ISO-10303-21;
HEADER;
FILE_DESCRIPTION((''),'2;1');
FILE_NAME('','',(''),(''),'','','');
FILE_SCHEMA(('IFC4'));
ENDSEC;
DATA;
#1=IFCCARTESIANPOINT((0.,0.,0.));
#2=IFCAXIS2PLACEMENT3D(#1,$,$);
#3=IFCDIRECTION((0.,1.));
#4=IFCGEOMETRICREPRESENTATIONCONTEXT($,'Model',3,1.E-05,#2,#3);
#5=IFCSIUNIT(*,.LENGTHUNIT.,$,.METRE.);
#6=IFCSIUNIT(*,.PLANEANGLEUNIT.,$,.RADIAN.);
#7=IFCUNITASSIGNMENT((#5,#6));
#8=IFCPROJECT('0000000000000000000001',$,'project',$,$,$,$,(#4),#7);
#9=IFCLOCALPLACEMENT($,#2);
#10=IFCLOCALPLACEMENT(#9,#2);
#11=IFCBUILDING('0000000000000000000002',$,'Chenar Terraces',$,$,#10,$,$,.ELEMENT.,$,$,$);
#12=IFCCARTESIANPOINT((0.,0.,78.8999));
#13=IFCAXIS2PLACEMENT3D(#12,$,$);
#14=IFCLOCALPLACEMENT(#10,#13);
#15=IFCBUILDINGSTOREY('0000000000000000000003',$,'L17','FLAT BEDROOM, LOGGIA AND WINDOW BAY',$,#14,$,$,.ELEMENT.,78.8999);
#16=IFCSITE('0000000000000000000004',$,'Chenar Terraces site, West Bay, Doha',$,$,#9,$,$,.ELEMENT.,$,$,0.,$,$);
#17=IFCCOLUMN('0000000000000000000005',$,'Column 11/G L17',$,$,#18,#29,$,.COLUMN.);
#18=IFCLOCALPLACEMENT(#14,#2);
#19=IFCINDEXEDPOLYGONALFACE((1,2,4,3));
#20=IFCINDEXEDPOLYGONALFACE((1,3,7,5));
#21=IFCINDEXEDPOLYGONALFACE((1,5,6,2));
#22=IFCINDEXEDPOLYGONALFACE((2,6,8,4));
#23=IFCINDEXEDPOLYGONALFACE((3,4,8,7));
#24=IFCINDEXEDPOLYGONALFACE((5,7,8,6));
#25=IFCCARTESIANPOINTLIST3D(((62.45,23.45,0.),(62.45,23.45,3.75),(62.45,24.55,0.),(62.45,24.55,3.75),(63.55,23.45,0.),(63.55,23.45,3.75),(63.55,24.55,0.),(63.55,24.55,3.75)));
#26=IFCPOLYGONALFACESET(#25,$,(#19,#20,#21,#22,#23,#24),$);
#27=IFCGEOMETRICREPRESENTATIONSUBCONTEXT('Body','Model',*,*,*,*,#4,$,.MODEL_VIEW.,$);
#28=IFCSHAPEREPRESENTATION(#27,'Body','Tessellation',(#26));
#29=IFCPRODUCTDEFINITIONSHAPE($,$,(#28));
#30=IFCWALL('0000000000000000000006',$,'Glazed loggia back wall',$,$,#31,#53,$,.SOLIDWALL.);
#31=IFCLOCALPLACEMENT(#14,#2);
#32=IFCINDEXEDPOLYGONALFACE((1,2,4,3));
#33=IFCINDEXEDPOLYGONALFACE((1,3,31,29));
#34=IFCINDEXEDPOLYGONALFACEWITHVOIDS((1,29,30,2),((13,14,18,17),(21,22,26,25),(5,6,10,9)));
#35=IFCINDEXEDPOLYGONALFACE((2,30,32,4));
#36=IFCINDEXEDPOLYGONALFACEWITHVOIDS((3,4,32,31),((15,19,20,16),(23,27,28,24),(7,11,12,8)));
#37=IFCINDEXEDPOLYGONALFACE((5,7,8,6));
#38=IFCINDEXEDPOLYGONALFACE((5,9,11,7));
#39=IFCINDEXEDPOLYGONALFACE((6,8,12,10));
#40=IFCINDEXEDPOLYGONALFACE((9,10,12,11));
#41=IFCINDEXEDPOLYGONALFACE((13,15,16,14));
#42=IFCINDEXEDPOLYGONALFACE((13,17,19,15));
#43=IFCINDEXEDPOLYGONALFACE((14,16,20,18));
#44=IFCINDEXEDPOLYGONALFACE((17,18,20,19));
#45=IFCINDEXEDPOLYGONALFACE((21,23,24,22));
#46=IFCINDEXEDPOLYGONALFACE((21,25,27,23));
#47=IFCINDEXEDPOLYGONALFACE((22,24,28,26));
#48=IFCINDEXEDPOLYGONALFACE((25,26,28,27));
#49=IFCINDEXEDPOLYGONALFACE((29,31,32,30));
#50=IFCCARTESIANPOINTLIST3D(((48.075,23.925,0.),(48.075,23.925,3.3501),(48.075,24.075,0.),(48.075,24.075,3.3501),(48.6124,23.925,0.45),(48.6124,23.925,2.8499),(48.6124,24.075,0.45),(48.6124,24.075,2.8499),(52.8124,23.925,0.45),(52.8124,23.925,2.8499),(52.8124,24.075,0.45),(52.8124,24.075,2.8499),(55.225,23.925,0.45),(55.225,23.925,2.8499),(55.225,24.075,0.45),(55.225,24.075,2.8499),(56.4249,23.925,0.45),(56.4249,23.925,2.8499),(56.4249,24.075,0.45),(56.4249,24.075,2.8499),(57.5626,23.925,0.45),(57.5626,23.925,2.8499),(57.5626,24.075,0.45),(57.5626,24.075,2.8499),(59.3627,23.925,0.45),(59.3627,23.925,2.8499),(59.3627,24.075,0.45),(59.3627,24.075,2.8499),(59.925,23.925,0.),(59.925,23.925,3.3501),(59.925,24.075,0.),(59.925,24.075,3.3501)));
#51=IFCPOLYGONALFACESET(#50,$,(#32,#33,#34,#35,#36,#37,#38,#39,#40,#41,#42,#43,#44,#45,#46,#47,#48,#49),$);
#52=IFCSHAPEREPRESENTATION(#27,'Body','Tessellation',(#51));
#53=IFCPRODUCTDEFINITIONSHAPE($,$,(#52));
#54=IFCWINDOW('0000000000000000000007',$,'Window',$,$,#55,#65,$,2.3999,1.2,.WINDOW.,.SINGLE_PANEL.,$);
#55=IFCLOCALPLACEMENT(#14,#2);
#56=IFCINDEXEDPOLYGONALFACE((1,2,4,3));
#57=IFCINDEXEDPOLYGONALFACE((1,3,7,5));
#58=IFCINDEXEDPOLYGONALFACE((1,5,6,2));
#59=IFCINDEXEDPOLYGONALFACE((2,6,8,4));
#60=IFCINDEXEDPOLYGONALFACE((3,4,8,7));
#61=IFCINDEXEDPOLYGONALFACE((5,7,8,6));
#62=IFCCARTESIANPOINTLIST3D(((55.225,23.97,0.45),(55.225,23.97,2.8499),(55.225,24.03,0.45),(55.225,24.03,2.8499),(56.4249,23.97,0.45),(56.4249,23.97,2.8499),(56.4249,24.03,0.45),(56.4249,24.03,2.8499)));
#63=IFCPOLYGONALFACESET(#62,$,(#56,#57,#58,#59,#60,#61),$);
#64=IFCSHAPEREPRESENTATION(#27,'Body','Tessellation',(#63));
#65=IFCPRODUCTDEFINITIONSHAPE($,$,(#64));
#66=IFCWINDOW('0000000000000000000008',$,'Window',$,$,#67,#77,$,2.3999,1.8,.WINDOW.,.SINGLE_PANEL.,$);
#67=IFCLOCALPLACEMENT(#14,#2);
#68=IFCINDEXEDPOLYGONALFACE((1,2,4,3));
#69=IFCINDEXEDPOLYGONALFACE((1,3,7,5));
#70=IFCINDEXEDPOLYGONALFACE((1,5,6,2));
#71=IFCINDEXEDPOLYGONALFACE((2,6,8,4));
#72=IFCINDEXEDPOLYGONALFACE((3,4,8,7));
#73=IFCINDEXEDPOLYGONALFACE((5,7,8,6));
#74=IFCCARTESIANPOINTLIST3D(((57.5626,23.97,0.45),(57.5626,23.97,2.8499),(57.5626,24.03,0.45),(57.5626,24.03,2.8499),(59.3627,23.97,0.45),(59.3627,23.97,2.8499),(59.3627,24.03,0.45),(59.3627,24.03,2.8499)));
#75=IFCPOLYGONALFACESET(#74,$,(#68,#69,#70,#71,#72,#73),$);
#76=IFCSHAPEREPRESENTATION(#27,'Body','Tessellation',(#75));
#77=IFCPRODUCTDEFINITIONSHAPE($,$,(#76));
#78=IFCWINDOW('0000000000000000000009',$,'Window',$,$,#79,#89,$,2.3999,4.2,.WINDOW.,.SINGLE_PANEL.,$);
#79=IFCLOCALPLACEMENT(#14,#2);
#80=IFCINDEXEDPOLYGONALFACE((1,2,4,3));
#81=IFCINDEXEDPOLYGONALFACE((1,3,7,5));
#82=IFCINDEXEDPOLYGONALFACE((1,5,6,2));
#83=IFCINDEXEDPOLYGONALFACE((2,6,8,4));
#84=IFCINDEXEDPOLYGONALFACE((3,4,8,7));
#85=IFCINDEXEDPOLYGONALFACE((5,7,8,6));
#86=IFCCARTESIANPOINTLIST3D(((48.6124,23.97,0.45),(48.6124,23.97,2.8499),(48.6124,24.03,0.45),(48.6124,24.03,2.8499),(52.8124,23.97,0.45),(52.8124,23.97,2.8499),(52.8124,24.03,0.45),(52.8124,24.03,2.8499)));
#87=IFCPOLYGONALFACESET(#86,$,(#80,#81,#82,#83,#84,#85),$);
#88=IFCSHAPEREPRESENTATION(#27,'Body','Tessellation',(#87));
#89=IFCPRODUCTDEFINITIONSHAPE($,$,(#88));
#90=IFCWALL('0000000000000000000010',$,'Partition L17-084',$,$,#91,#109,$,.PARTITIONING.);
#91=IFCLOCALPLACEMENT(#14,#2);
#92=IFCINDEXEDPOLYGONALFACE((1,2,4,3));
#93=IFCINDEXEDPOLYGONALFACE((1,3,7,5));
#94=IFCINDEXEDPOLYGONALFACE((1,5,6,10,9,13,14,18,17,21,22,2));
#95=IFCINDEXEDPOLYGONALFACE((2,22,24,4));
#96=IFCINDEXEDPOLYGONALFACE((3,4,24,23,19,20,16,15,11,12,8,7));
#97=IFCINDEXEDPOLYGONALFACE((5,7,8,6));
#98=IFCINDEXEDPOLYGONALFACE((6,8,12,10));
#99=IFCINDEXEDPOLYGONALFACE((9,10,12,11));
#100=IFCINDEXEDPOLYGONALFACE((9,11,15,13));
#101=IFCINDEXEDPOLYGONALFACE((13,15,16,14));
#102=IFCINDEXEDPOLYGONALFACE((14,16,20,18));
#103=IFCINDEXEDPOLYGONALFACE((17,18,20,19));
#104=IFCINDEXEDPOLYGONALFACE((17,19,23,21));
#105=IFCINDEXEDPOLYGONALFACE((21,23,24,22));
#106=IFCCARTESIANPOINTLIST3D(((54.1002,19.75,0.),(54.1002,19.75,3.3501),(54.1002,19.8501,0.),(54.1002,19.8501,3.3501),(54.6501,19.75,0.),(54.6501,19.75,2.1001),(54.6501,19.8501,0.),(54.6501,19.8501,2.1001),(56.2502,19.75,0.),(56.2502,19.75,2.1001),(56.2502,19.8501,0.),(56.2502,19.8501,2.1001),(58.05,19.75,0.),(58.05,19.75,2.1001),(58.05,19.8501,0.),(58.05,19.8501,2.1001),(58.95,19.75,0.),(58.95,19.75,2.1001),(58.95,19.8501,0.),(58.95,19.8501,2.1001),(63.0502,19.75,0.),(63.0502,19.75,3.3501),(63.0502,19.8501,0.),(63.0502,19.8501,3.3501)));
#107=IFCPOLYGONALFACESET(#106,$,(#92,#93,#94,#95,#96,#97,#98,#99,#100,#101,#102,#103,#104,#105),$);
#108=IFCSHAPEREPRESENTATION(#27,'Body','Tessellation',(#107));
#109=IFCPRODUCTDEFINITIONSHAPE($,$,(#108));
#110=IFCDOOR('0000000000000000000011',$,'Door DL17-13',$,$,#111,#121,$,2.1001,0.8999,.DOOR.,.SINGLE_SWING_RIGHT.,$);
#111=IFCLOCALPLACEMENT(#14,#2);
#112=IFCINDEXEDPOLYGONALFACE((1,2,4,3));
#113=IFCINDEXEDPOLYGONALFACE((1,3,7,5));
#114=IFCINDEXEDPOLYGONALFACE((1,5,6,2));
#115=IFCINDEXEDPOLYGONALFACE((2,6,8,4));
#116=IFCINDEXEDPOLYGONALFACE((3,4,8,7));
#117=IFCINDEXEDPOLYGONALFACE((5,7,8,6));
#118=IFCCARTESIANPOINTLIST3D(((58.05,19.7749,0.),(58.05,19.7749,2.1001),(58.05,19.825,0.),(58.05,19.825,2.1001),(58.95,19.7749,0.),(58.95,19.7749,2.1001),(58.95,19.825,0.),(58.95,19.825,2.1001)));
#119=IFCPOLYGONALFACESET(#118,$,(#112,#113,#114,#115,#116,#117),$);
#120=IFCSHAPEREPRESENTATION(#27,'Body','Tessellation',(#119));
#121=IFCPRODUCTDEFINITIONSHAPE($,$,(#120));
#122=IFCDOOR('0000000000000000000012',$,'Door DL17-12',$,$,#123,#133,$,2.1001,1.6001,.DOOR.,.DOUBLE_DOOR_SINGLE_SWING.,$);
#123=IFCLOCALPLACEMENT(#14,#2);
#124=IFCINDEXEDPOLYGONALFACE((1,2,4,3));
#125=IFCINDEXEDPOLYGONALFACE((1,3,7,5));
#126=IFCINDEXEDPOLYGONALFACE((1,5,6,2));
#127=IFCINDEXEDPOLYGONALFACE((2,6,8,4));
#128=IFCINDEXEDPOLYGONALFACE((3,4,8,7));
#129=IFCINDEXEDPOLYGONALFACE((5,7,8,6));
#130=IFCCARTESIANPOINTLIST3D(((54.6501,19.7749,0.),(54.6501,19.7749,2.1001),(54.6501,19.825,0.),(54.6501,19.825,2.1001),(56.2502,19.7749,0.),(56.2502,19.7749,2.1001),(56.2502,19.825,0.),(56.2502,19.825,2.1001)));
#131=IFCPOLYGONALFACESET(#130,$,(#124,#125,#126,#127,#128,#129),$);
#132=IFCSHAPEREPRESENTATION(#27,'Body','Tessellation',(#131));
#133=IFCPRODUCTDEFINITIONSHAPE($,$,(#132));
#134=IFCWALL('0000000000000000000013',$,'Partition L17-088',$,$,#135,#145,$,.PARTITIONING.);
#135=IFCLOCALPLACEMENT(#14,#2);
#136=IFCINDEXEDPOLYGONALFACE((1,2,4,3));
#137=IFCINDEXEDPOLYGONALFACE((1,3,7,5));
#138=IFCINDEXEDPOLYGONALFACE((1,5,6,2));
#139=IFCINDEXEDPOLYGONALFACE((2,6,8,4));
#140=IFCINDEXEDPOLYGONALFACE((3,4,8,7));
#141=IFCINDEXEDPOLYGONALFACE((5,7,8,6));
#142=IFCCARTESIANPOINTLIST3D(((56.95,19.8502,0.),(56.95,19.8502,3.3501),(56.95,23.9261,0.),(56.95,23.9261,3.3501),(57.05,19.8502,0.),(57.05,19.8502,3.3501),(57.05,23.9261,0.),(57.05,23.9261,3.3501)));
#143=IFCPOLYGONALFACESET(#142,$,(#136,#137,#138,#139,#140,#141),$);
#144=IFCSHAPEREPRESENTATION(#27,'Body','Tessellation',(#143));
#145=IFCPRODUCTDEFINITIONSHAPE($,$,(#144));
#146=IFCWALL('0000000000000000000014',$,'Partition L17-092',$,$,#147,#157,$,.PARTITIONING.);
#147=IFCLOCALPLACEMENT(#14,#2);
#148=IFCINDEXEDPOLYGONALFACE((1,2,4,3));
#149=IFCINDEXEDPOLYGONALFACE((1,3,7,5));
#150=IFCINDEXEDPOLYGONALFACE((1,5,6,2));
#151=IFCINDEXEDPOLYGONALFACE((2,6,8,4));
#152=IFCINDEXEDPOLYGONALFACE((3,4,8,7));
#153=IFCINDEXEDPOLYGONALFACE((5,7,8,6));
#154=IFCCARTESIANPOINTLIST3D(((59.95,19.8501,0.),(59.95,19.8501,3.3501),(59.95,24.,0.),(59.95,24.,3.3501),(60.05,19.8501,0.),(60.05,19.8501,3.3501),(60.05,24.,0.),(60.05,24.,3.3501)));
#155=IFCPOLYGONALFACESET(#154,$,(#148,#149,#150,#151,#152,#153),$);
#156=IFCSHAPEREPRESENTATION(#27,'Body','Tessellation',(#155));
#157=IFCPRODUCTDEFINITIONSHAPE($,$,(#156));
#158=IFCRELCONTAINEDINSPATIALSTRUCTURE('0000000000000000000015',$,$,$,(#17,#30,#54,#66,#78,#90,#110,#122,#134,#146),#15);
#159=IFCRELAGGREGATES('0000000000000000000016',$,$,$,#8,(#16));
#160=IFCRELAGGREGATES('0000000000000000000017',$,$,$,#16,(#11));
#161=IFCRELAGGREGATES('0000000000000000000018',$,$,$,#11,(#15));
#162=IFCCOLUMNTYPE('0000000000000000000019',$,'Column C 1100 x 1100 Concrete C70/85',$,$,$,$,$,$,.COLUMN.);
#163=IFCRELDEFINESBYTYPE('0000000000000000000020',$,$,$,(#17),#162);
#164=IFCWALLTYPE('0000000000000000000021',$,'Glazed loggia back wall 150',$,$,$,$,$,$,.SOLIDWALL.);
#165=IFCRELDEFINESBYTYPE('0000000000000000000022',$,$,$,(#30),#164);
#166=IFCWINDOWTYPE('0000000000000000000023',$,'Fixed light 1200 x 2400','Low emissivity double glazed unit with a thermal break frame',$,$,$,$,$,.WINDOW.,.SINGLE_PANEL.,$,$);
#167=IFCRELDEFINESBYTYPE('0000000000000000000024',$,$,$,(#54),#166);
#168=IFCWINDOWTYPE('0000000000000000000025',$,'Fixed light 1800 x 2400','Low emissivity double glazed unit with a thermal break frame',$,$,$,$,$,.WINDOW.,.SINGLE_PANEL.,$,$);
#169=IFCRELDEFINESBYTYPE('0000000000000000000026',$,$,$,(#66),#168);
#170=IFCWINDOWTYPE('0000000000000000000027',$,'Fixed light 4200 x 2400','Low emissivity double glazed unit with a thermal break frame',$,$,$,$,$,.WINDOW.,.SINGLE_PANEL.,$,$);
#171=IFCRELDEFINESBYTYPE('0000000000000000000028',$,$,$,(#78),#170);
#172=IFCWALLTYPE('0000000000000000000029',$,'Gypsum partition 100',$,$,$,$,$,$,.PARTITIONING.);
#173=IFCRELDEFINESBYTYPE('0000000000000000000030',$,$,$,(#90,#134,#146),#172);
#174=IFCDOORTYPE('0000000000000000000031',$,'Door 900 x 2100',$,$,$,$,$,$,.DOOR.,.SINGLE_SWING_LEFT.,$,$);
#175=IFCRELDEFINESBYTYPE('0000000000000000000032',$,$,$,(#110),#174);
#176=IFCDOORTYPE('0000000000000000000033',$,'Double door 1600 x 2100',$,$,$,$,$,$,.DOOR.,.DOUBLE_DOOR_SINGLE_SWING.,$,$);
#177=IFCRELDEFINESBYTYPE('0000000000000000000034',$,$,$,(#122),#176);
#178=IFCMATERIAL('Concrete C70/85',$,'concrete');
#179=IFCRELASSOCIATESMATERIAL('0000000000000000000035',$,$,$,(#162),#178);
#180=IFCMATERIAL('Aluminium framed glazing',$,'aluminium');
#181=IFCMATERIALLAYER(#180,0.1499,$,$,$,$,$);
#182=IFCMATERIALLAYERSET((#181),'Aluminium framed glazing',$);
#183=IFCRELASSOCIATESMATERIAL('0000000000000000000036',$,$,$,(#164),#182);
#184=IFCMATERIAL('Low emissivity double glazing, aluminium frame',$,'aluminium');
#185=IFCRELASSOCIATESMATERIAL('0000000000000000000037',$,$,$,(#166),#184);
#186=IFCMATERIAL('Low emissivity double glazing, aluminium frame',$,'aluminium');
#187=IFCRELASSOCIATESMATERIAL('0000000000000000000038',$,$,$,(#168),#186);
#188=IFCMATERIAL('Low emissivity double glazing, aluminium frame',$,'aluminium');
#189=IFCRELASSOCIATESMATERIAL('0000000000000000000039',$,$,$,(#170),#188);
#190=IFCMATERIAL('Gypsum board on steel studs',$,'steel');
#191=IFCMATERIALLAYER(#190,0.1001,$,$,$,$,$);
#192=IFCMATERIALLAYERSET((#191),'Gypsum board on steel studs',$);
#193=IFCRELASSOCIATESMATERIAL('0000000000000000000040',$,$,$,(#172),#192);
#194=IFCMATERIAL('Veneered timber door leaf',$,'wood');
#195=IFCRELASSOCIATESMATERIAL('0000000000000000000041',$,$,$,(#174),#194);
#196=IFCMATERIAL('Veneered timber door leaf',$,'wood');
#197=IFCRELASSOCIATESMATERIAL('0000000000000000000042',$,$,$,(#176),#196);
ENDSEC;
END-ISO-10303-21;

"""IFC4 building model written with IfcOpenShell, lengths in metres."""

from ifc_helpers import new_model, si_unit, direction, frame, frame_2d, origin, origin_2d, place, context, subcontext, project, spatial, rectangle, extrude, material, layer, layer_set, material_profile, profile_set, type_object, element, fill, save


model = new_model("IFC4")

# Units and contexts
model_context = context("Model", 3, precision=1e-05, world=origin(), true_north=direction((0.0, 1.0)))
body_context = subcontext(model_context, "Body", "Model", "MODEL_VIEW")
ifc_project = project(units=[si_unit("LENGTHUNIT", "METRE"), si_unit("PLANEANGLEUNIT", "RADIAN")], contexts=[model_context])

# Site, building, storey
site_placement = place(None, origin())
site = spatial("IfcSite", under=ifc_project, at=site_placement, Name="Chenar Terraces site, West Bay, Doha", CompositionType="ELEMENT", RefElevation=0.0)
building_placement = place(site_placement, origin())
building = spatial("IfcBuilding", under=site, at=building_placement, Name="Chenar Terraces", CompositionType="ELEMENT")
storey_placement = place(building_placement, frame((0.0, 0.0, 78.8999)))
storey = spatial("IfcBuildingStorey", under=building, at=storey_placement, Name="L17", Description="FLAT BEDROOM, LOGGIA AND WINDOW BAY", CompositionType="ELEMENT", Elevation=78.8999)

# Column
ifc_material_1 = material(Name="Concrete C70/85", Category="concrete")
ifc_material_profile_1 = material_profile(ifc_material_1, rectangle(XDim=1.1001, YDim=1.1001, at=origin_2d()), Name="C 1100 x 1100")
ifc_profile_set_1 = profile_set([ifc_material_profile_1], Name="Concrete C70/85")
column_type = type_object("IfcColumnType", Name="Column C 1100 x 1100 Concrete C70/85", PredefinedType="COLUMN", material=ifc_profile_set_1)
column_placement = place(storey_placement, frame((63.0, 24.0, 0.0), z_axis=(0.0, 0.0, 1.0), x_axis=(1.0, 0.0, 0.0)))
element("IfcColumn", 1, at=column_placement, inside=storey, type_object=column_type, Name="Column 11/G L17", PredefinedType="COLUMN", context=body_context, shape_type="SweptSolid", body=[
    extrude(rectangle(XDim=1.1001, YDim=1.1001, at=origin_2d()), origin(), (0.0, 0.0, 1.0), 3.75),
])

# Wall, openings, windows
ifc_material_2 = material(Name="Aluminium framed glazing", Category="aluminium")
ifc_layer_1 = layer(ifc_material_2, 0.1499)
ifc_layer_set_1 = layer_set([ifc_layer_1], Name="Aluminium framed glazing")
wall_type_1 = type_object("IfcWallType", Name="Glazed loggia back wall 150", PredefinedType="SOLIDWALL", material=ifc_layer_set_1)
wall_1_placement = place(storey_placement, frame((59.925, 24.0, 0.0), z_axis=(0.0, 0.0, 1.0), x_axis=(-1.0, 0.0, 0.0)))
wall_1 = element("IfcWall", 2, at=wall_1_placement, inside=storey, type_object=wall_type_1, Name="Glazed loggia back wall", PredefinedType="SOLIDWALL", context=body_context, shape_type="SweptSolid", body=[
    extrude(rectangle(XDim=11.8501, YDim=0.1499, at=frame_2d((5.925, 0.0))), origin(), (0.0, 0.0, 1.0), 3.3501),
])
opening_1_placement = place(wall_1_placement, frame((0.5625, 0.0, 0.45)))
opening_1 = element("IfcOpeningElement", 3, at=opening_1_placement, cuts=wall_1, PredefinedType="OPENING", context=body_context, shape_type="SweptSolid", body=[
    extrude(rectangle(XDim=1.8, YDim=2.3999, at=frame_2d((0.8999, 1.2))), frame((0.0, 0.085, 0.0), z_axis=(0.0, -1.0, 0.0), x_axis=(1.0, 0.0, 0.0)), (0.0, 0.0, 1.0), 0.1699),
])
opening_2_placement = place(wall_1_placement, frame((3.5, 0.0, 0.45)))
opening_2 = element("IfcOpeningElement", 4, at=opening_2_placement, cuts=wall_1, PredefinedType="OPENING", context=body_context, shape_type="SweptSolid", body=[
    extrude(rectangle(XDim=1.2, YDim=2.3999, at=frame_2d((0.6001, 1.2))), frame((0.0, 0.085, 0.0), z_axis=(0.0, -1.0, 0.0), x_axis=(1.0, 0.0, 0.0)), (0.0, 0.0, 1.0), 0.1699),
])
opening_3_placement = place(wall_1_placement, frame((7.1125, 0.0, 0.45)))
opening_3 = element("IfcOpeningElement", 5, at=opening_3_placement, cuts=wall_1, PredefinedType="OPENING", context=body_context, shape_type="SweptSolid", body=[
    extrude(rectangle(XDim=4.2, YDim=2.3999, at=frame_2d((2.1001, 1.2))), frame((0.0, 0.085, 0.0), z_axis=(0.0, -1.0, 0.0), x_axis=(1.0, 0.0, 0.0)), (0.0, 0.0, 1.0), 0.1699),
])
ifc_material_3 = material(Name="Low emissivity double glazing, aluminium frame", Category="aluminium")
window_type_1 = type_object("IfcWindowType", Name="Fixed light 1200 x 2400", Description="Low emissivity double glazed unit with a thermal break frame", PartitioningType="SINGLE_PANEL", PredefinedType="WINDOW", material=ifc_material_3)
window_1_placement = place(opening_2_placement, origin())
window_1 = element("IfcWindow", 6, at=window_1_placement, inside=storey, type_object=window_type_1, Name="Window", OverallHeight=2.3999, OverallWidth=1.2, PartitioningType="SINGLE_PANEL", PredefinedType="WINDOW", context=body_context, shape_type="SweptSolid", body=[
    extrude(rectangle(XDim=1.2, YDim=2.3999, at=frame_2d((0.6001, 1.2))), frame((0.0, 0.03, 0.0), z_axis=(0.0, -1.0, 0.0), x_axis=(1.0, 0.0, 0.0)), (0.0, 0.0, 1.0), 0.0601),
])
fill(opening_2, window_1)
ifc_material_4 = material(Name="Low emissivity double glazing, aluminium frame", Category="aluminium")
window_type_2 = type_object("IfcWindowType", Name="Fixed light 1800 x 2400", Description="Low emissivity double glazed unit with a thermal break frame", PartitioningType="SINGLE_PANEL", PredefinedType="WINDOW", material=ifc_material_4)
window_2_placement = place(opening_1_placement, origin())
window_2 = element("IfcWindow", 7, at=window_2_placement, inside=storey, type_object=window_type_2, Name="Window", OverallHeight=2.3999, OverallWidth=1.8, PartitioningType="SINGLE_PANEL", PredefinedType="WINDOW", context=body_context, shape_type="SweptSolid", body=[
    extrude(rectangle(XDim=1.8, YDim=2.3999, at=frame_2d((0.8999, 1.2))), frame((0.0, 0.03, 0.0), z_axis=(0.0, -1.0, 0.0), x_axis=(1.0, 0.0, 0.0)), (0.0, 0.0, 1.0), 0.0601),
])
fill(opening_1, window_2)
ifc_material_5 = material(Name="Low emissivity double glazing, aluminium frame", Category="aluminium")
window_type_3 = type_object("IfcWindowType", Name="Fixed light 4200 x 2400", Description="Low emissivity double glazed unit with a thermal break frame", PartitioningType="SINGLE_PANEL", PredefinedType="WINDOW", material=ifc_material_5)
window_3_placement = place(opening_3_placement, origin())
window_3 = element("IfcWindow", 8, at=window_3_placement, inside=storey, type_object=window_type_3, Name="Window", OverallHeight=2.3999, OverallWidth=4.2, PartitioningType="SINGLE_PANEL", PredefinedType="WINDOW", context=body_context, shape_type="SweptSolid", body=[
    extrude(rectangle(XDim=4.2, YDim=2.3999, at=frame_2d((2.1001, 1.2))), frame((0.0, 0.03, 0.0), z_axis=(0.0, -1.0, 0.0), x_axis=(1.0, 0.0, 0.0)), (0.0, 0.0, 1.0), 0.0601),
])
fill(opening_3, window_3)

# Wall, openings, doors
ifc_material_6 = material(Name="Gypsum board on steel studs", Category="steel")
ifc_layer_2 = layer(ifc_material_6, 0.1001)
ifc_layer_set_2 = layer_set([ifc_layer_2], Name="Gypsum board on steel studs")
wall_type_2 = type_object("IfcWallType", Name="Gypsum partition 100", PredefinedType="PARTITIONING", material=ifc_layer_set_2)
wall_2_placement = place(storey_placement, frame((54.1001, 19.8, 0.0), z_axis=(0.0, 0.0, 1.0), x_axis=(1.0, 0.0, 0.0)))
wall_2 = element("IfcWall", 9, at=wall_2_placement, inside=storey, type_object=wall_type_2, Name="Partition L17-084", PredefinedType="PARTITIONING", context=body_context, shape_type="SweptSolid", body=[
    extrude(rectangle(XDim=8.95, YDim=0.1001, at=frame_2d((4.4751, 0.0))), origin(), (0.0, 0.0, 1.0), 3.3501),
])
opening_4_placement = place(wall_2_placement, frame((0.55, 0.0, 0.0)))
opening_4 = element("IfcOpeningElement", 10, at=opening_4_placement, cuts=wall_2, PredefinedType="OPENING", context=body_context, shape_type="SweptSolid", body=[
    extrude(rectangle(XDim=1.6001, YDim=2.1001, at=frame_2d((0.8, 1.05))), frame((0.0, 0.0601, 0.0), z_axis=(0.0, -1.0, 0.0), x_axis=(1.0, 0.0, 0.0)), (0.0, 0.0, 1.0), 0.1201),
])
opening_5_placement = place(wall_2_placement, frame((3.95, 0.0, 0.0)))
opening_5 = element("IfcOpeningElement", 11, at=opening_5_placement, cuts=wall_2, PredefinedType="OPENING", context=body_context, shape_type="SweptSolid", body=[
    extrude(rectangle(XDim=0.8999, YDim=2.1001, at=frame_2d((0.45, 1.05))), frame((0.0, 0.0601, 0.0), z_axis=(0.0, -1.0, 0.0), x_axis=(1.0, 0.0, 0.0)), (0.0, 0.0, 1.0), 0.1201),
])
ifc_material_7 = material(Name="Veneered timber door leaf", Category="wood")
door_type_1 = type_object("IfcDoorType", Name="Door 900 x 2100", OperationType="SINGLE_SWING_LEFT", PredefinedType="DOOR", material=ifc_material_7)
door_1_placement = place(opening_5_placement, origin())
door_1 = element("IfcDoor", 12, at=door_1_placement, inside=storey, type_object=door_type_1, Name="Door DL17-13", OperationType="SINGLE_SWING_RIGHT", OverallHeight=2.1001, OverallWidth=0.8999, PredefinedType="DOOR", context=body_context, shape_type="SweptSolid", body=[
    extrude(rectangle(XDim=0.8999, YDim=2.1001, at=frame_2d((0.45, 1.05))), frame((0.0, 0.0249, 0.0), z_axis=(0.0, -1.0, 0.0), x_axis=(1.0, 0.0, 0.0)), (0.0, 0.0, 1.0), 0.05),
])
fill(opening_5, door_1)
ifc_material_8 = material(Name="Veneered timber door leaf", Category="wood")
door_type_2 = type_object("IfcDoorType", Name="Double door 1600 x 2100", OperationType="DOUBLE_DOOR_SINGLE_SWING", PredefinedType="DOOR", material=ifc_material_8)
door_2_placement = place(opening_4_placement, origin())
door_2 = element("IfcDoor", 13, at=door_2_placement, inside=storey, type_object=door_type_2, Name="Door DL17-12", OperationType="DOUBLE_DOOR_SINGLE_SWING", OverallHeight=2.1001, OverallWidth=1.6001, PredefinedType="DOOR", context=body_context, shape_type="SweptSolid", body=[
    extrude(rectangle(XDim=1.6001, YDim=2.1001, at=frame_2d((0.8, 1.05))), frame((0.0, 0.0249, 0.0), z_axis=(0.0, -1.0, 0.0), x_axis=(1.0, 0.0, 0.0)), (0.0, 0.0, 1.0), 0.05),
])
fill(opening_4, door_2)

# Walls
wall_3_placement = place(storey_placement, frame((57.0, 19.8501, 0.0), z_axis=(0.0, 0.0, 1.0), x_axis=(0.0, 1.0, 0.0)))
element("IfcWall", 14, at=wall_3_placement, inside=storey, type_object=wall_type_2, Name="Partition L17-088", PredefinedType="PARTITIONING", context=body_context, shape_type="SweptSolid", body=[
    extrude(rectangle(XDim=4.0759, YDim=0.1001, at=frame_2d((2.0381, 0.0))), origin(), (0.0, 0.0, 1.0), 3.3501),
])
wall_4_placement = place(storey_placement, frame((60.0, 19.8501, 0.0), z_axis=(0.0, 0.0, 1.0), x_axis=(0.0, 1.0, 0.0)))
element("IfcWall", 15, at=wall_4_placement, inside=storey, type_object=wall_type_2, Name="Partition L17-092", PredefinedType="PARTITIONING", context=body_context, shape_type="SweptSolid", body=[
    extrude(rectangle(XDim=4.1499, YDim=0.1001, at=frame_2d((2.075, 0.0))), origin(), (0.0, 0.0, 1.0), 3.3501),
])

save(model, "model.ifc")
